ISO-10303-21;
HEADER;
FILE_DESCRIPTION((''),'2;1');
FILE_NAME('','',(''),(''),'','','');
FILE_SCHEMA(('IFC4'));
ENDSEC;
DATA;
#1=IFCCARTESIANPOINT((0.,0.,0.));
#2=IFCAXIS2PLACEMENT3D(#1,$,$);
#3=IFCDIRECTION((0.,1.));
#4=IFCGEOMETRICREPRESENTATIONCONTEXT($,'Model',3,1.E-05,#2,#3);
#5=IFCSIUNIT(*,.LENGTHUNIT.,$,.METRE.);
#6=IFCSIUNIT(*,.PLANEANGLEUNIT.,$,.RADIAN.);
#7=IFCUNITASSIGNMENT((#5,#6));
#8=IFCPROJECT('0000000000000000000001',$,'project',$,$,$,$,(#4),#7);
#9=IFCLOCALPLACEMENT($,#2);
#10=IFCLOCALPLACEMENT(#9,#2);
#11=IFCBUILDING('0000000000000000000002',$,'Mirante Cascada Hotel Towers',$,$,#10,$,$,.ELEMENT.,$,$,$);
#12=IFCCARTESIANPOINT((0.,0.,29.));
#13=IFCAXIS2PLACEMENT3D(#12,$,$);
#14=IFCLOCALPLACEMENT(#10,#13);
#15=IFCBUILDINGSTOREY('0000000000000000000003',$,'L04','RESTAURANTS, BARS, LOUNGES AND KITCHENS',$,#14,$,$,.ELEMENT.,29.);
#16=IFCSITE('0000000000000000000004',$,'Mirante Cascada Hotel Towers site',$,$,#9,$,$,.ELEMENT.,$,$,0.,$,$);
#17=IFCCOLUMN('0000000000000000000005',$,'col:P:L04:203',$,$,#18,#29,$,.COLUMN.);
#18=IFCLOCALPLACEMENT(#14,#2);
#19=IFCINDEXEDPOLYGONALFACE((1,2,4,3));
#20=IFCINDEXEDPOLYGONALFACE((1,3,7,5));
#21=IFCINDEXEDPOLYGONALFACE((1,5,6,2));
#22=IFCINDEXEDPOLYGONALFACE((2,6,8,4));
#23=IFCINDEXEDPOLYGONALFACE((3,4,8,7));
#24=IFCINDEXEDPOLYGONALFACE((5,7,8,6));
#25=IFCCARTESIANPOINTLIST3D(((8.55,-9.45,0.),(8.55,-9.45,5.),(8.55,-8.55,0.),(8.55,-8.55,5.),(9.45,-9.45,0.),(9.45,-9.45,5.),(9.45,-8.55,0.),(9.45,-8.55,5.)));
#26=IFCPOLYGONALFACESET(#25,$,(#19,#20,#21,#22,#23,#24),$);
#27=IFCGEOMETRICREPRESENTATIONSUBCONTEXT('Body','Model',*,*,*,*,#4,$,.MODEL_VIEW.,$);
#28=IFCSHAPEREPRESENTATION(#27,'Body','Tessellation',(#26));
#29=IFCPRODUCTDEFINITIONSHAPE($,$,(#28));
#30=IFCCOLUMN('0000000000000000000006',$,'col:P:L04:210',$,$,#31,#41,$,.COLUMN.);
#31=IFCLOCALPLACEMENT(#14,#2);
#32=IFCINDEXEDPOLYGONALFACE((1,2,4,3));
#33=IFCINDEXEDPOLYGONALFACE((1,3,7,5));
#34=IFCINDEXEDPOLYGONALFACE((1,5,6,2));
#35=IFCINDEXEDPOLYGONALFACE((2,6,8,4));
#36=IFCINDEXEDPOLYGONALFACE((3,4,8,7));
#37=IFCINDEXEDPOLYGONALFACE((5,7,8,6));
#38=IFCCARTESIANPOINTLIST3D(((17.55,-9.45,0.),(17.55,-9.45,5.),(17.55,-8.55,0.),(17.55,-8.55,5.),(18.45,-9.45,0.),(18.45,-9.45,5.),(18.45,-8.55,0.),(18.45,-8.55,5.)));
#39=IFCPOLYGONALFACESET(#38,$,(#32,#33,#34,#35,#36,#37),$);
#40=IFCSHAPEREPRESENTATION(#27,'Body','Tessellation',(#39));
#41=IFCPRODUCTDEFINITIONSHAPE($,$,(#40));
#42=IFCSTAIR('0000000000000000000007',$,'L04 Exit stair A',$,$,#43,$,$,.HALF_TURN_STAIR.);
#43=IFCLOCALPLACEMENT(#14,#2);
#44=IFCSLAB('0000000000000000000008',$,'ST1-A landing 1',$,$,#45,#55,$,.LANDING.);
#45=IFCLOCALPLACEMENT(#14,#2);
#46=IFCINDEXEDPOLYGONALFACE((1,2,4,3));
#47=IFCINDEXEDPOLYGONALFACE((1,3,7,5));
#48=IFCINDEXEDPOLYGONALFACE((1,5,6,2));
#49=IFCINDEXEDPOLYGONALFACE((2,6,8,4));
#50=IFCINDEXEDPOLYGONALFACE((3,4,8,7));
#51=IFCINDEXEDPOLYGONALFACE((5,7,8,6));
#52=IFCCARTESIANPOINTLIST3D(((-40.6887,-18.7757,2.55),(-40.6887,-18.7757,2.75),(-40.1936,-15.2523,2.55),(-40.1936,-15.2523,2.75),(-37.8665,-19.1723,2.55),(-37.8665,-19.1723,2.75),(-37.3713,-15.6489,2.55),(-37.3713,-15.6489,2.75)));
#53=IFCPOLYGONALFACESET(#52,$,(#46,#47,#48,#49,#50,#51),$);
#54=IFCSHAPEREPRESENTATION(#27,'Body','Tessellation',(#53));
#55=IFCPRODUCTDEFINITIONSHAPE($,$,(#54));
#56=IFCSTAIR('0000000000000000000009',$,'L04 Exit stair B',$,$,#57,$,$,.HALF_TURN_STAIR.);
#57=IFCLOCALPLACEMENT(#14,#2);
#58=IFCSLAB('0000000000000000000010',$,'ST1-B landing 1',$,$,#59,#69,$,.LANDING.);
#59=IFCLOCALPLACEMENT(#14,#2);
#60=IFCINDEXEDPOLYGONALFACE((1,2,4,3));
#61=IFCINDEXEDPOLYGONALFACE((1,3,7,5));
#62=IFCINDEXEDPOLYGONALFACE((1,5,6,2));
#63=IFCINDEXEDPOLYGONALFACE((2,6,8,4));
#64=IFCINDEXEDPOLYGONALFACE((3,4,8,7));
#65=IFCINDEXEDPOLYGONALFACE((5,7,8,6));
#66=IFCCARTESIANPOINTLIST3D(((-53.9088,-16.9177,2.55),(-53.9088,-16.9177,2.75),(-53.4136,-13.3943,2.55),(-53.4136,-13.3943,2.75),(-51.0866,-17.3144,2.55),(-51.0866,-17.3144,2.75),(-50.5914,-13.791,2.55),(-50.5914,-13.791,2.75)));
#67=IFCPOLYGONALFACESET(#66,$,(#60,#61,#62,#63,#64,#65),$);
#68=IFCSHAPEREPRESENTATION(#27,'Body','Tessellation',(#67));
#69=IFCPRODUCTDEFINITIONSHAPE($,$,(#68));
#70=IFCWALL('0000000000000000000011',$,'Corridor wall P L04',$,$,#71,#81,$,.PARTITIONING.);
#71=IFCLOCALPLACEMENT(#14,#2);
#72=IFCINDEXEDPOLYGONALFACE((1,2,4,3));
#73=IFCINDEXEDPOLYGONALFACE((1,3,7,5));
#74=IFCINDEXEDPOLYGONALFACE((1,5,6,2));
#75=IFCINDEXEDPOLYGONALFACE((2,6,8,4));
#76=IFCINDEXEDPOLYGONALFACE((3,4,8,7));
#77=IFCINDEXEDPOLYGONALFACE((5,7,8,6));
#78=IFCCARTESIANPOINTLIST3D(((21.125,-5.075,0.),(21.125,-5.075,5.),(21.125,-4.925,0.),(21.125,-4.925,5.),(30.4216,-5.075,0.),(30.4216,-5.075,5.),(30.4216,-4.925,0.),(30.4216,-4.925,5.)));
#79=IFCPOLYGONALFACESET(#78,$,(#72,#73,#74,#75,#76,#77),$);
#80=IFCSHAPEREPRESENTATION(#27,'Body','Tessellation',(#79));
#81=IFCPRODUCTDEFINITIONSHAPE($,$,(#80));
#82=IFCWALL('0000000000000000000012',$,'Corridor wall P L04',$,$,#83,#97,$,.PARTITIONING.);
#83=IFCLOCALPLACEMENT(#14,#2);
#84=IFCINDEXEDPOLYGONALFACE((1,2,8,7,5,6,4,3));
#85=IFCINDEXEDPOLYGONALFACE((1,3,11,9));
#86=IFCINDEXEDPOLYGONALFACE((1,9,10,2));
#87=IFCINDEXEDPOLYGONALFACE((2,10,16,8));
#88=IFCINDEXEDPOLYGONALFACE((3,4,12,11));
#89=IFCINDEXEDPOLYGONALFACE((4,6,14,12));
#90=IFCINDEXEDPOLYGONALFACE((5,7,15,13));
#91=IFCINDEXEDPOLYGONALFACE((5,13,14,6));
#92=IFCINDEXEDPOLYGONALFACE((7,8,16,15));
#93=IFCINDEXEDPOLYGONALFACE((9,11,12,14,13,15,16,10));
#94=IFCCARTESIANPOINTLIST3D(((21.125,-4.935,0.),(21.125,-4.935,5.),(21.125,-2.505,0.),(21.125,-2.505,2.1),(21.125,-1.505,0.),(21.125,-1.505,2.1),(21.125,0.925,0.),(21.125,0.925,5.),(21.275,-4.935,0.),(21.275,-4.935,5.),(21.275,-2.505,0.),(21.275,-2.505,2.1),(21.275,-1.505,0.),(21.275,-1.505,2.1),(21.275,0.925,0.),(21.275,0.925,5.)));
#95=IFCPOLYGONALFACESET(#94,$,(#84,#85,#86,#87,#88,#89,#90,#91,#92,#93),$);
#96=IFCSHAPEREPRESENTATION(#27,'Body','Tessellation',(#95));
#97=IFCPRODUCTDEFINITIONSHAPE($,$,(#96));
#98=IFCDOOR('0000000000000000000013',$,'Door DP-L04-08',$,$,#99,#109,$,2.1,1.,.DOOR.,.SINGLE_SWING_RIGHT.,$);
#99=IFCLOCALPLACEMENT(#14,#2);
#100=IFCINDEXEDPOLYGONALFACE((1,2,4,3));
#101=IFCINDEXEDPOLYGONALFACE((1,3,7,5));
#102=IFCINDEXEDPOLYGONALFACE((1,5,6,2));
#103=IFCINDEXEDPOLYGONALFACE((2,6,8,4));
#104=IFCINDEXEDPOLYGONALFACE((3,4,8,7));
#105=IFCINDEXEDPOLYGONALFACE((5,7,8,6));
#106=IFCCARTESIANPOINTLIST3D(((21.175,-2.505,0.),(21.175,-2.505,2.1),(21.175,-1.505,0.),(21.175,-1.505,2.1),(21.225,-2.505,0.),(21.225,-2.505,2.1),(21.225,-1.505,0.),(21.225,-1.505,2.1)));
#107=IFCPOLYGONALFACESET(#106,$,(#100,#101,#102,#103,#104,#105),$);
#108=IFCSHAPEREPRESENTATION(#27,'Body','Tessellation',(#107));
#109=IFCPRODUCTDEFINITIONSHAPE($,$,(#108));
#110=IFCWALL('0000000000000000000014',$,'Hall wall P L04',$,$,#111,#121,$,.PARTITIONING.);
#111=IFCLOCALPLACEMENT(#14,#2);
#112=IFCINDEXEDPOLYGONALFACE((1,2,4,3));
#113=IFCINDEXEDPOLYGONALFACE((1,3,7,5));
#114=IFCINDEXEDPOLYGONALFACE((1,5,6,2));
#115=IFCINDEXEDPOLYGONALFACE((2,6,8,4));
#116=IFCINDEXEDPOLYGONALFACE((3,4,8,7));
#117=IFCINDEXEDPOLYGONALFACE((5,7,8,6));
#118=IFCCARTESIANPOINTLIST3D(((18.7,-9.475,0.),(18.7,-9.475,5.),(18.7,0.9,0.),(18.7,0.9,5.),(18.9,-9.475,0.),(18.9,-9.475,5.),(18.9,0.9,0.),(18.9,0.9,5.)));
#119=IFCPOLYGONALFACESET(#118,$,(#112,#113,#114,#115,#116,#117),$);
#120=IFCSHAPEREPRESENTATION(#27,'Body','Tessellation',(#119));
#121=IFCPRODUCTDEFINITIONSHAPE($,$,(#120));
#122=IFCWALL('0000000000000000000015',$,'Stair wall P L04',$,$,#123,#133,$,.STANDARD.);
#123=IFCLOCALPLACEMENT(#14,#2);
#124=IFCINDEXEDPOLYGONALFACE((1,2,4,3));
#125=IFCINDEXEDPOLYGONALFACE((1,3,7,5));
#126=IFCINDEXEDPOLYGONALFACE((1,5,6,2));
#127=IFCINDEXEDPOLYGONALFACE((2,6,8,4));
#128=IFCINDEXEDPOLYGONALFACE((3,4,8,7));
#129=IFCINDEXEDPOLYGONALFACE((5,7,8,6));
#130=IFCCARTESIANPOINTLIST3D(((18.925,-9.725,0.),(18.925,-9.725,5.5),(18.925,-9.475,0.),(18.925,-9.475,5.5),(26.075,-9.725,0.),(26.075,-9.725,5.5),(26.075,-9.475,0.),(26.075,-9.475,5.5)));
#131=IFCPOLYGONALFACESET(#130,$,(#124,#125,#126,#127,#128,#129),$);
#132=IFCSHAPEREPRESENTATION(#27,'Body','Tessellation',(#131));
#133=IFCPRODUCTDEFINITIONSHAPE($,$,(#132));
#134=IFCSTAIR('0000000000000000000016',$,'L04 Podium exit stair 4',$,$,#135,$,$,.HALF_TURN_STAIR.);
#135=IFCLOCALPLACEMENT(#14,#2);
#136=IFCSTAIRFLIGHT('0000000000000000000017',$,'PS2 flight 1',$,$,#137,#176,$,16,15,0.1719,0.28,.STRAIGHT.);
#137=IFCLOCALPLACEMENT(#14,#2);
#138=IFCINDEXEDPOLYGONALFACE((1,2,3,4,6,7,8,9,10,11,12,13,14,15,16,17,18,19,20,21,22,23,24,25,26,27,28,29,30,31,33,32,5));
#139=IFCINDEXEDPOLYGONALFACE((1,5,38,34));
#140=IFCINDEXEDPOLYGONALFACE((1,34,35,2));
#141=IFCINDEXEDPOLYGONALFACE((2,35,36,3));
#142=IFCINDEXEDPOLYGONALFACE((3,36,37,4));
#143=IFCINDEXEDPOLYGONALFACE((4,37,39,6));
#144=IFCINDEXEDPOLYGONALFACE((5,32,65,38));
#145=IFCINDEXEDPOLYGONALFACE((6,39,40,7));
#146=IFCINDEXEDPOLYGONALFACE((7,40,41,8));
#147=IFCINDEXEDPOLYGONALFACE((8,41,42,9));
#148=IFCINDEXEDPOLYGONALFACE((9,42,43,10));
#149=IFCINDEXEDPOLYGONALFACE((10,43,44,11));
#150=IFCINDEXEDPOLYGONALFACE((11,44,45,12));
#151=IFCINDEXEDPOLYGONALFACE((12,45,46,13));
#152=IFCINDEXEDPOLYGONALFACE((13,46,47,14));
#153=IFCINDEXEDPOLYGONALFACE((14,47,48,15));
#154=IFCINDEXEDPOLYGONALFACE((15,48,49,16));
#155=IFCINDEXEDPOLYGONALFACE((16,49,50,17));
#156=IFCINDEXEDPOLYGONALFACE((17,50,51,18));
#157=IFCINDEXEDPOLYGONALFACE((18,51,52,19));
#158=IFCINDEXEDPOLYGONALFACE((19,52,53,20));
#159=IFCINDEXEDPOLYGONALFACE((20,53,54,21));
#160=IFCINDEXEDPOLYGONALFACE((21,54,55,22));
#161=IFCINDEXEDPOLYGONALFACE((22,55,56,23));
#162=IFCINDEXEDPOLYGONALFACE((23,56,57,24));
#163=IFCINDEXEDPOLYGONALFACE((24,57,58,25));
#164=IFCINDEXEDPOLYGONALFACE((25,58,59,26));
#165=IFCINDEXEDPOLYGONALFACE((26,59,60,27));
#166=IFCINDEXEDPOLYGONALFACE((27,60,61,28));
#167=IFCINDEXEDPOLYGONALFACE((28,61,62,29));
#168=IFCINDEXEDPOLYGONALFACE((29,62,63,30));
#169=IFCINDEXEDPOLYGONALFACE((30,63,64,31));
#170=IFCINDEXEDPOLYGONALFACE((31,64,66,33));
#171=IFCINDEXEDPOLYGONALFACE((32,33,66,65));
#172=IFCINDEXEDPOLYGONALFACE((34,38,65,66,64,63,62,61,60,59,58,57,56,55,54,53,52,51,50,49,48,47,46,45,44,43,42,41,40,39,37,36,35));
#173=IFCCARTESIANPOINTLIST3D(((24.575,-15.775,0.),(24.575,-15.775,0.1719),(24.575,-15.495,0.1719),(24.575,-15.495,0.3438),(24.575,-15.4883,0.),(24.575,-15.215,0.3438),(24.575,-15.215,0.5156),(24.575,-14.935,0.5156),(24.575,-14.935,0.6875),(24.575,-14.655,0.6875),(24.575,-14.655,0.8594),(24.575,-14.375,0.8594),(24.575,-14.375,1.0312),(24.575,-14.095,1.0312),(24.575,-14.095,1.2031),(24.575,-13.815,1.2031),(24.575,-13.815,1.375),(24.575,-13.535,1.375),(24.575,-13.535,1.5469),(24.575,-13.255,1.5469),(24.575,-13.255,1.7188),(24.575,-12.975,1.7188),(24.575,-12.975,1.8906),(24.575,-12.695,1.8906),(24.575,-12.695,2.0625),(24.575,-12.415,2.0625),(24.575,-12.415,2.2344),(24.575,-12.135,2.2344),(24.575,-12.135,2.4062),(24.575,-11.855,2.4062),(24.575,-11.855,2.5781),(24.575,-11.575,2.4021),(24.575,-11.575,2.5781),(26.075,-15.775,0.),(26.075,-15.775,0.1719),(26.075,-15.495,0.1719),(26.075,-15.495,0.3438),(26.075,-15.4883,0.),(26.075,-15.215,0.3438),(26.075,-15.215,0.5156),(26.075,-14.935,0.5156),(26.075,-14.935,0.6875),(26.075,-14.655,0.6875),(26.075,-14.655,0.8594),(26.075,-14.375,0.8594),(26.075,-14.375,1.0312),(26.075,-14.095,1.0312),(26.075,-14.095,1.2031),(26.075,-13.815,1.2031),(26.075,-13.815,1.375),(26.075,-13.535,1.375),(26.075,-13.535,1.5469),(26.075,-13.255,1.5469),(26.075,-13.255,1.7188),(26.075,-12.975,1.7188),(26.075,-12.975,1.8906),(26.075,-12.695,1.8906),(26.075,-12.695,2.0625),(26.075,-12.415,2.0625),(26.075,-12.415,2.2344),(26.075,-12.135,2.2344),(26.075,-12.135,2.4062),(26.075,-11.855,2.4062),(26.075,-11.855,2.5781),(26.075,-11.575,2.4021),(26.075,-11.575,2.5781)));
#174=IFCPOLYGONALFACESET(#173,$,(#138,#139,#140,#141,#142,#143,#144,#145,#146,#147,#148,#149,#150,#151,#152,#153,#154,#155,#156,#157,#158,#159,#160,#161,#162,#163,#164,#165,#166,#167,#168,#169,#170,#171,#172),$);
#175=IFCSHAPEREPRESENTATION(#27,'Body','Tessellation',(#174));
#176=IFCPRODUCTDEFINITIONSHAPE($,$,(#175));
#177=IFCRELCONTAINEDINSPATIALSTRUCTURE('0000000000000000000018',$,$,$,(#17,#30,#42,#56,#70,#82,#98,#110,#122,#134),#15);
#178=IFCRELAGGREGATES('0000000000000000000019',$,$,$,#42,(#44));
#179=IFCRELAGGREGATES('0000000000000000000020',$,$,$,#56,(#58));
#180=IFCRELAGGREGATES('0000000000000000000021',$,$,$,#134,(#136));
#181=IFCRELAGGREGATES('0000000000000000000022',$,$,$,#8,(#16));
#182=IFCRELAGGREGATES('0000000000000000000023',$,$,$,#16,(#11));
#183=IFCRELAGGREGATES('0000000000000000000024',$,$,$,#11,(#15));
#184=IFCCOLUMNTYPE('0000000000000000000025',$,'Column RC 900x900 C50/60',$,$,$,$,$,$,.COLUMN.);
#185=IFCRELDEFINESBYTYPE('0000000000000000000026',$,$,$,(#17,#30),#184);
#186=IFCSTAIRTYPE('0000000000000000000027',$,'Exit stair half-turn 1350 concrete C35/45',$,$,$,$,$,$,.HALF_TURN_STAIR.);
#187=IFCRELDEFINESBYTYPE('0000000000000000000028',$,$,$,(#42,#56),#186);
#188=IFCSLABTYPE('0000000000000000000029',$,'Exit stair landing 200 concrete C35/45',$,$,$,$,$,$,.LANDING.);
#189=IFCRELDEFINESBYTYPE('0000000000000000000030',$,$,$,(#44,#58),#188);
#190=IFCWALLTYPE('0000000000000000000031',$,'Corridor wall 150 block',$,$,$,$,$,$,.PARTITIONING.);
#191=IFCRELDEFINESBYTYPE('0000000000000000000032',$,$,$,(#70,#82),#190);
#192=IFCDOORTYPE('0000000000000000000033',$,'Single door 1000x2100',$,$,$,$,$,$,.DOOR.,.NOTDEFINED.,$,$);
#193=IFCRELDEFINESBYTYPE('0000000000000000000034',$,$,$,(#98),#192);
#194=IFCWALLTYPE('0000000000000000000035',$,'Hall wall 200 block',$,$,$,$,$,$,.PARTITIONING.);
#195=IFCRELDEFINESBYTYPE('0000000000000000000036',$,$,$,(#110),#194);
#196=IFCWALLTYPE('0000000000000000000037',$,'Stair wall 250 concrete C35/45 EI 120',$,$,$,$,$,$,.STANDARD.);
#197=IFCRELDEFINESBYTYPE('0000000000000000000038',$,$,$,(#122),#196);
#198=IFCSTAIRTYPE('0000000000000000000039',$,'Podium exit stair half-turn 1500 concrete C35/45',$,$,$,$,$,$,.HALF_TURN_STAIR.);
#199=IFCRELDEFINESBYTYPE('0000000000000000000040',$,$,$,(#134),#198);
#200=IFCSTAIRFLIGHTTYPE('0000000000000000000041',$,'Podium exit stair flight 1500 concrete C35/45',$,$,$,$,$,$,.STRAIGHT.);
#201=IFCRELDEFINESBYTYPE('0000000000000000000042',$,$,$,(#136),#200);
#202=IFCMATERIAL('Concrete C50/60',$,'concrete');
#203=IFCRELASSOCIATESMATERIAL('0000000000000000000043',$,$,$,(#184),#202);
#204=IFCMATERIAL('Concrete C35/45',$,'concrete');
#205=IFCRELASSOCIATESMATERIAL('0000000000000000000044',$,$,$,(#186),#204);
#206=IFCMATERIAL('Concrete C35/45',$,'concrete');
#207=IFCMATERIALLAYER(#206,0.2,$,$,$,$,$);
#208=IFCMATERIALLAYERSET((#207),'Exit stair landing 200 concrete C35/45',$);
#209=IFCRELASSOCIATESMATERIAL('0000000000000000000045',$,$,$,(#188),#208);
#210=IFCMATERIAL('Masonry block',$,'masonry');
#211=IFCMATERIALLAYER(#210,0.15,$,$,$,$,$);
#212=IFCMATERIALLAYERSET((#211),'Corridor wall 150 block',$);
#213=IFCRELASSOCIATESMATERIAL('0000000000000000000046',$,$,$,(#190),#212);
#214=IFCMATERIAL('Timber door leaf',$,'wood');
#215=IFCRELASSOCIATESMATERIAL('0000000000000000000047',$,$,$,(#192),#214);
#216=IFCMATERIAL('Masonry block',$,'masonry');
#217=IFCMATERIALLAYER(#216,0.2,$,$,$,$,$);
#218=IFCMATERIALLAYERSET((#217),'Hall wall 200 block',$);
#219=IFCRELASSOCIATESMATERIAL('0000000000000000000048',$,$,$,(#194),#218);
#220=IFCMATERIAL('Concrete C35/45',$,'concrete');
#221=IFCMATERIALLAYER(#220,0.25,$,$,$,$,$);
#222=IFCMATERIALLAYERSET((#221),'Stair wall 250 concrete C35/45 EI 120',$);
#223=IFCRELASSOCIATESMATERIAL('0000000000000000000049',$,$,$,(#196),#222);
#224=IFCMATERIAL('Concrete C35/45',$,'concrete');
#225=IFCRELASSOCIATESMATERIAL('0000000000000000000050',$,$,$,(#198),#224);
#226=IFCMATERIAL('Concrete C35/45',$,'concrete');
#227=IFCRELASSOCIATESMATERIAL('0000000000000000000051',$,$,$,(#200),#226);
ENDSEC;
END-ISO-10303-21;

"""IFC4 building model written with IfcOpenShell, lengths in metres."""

from ifc_helpers import new_model, si_unit, direction, frame, frame_2d, origin, origin_2d, place, context, subcontext, project, spatial, polyline, rectangle, outline, extrude, material, layer, layer_set, material_profile, profile_set, type_object, element, fill, aggregate, save


model = new_model("IFC4")

# Units and contexts
model_context = context("Model", 3, precision=1e-05, world=origin(), true_north=direction((0.0, 1.0)))
body_context = subcontext(model_context, "Body", "Model", "MODEL_VIEW")
ifc_project = project(units=[si_unit("LENGTHUNIT", "METRE"), si_unit("PLANEANGLEUNIT", "RADIAN")], contexts=[model_context])

# Site, building, storey
site_placement = place(None, origin())
site = spatial("IfcSite", under=ifc_project, at=site_placement, Name="Mirante Cascada Hotel Towers site", CompositionType="ELEMENT", RefElevation=0.0)
building_placement = place(site_placement, origin())
building = spatial("IfcBuilding", under=site, at=building_placement, Name="Mirante Cascada Hotel Towers", CompositionType="ELEMENT")
storey_placement = place(building_placement, frame((0.0, 0.0, 29.0)))
storey = spatial("IfcBuildingStorey", under=building, at=storey_placement, Name="L04", Description="RESTAURANTS, BARS, LOUNGES AND KITCHENS", CompositionType="ELEMENT", Elevation=29.0)

# Columns
ifc_material_1 = material(Name="Concrete C50/60", Category="concrete")
ifc_material_profile = material_profile(ifc_material_1, rectangle(XDim=0.9, YDim=0.9, at=origin_2d()), Name="RC 900x900")
ifc_profile_set = profile_set([ifc_material_profile], Name="Concrete C50/60")
column_type = type_object("IfcColumnType", Name="Column RC 900x900 C50/60", PredefinedType="COLUMN", material=ifc_profile_set)
for number, where, z_axis, x_axis, name in (
    (1, (9.0, -9.0, 0.0), (0.0, 0.0, 1.0), (1.0, 0.0, 0.0), "col:P:L04:203"),
    (2, (18.0, -9.0, 0.0), (0.0, 0.0, 1.0), (1.0, 0.0, 0.0), "col:P:L04:210"),
):
    element("IfcColumn", number, at=place(storey_placement, frame(where, z_axis=z_axis, x_axis=x_axis)), inside=storey, type_object=column_type, Name=name, PredefinedType="COLUMN", context=body_context, shape_type="SweptSolid", body=[
        extrude(rectangle(XDim=0.9, YDim=0.9, at=origin_2d()), origin(), (0.0, 0.0, 1.0), 5.0),
    ])

# Stairs, slabs
ifc_material_2 = material(Name="Concrete C35/45", Category="concrete")
stair_type_1 = type_object("IfcStairType", Name="Exit stair half-turn 1350 concrete C35/45", PredefinedType="HALF_TURN_STAIR", material=ifc_material_2)
stair_1_placement = place(storey_placement, origin())
stair_1 = element("IfcStair", 3, at=stair_1_placement, inside=storey, type_object=stair_type_1, Name="L04 Exit stair A", PredefinedType="HALF_TURN_STAIR")
ifc_material_3 = material(Name="Concrete C35/45", Category="concrete")
ifc_layer_1 = layer(ifc_material_3, 0.2)
ifc_layer_set_1 = layer_set([ifc_layer_1], Name="Exit stair landing 200 concrete C35/45")
slab_type = type_object("IfcSlabType", Name="Exit stair landing 200 concrete C35/45", PredefinedType="LANDING", material=ifc_layer_set_1)
slab_1_placement = place(storey_placement, frame((0.0, 0.0, 2.55)))
slab_1 = element("IfcSlab", 4, at=slab_1_placement, type_object=slab_type, Name="ST1-A landing 1", PredefinedType="LANDING", context=body_context, shape_type="SweptSolid", body=[
    extrude(outline(polyline([(-40.1936, -15.2523), (-40.6887, -18.7757), (-37.8665, -19.1723), (-37.3713, -15.6489), (-40.1936, -15.2523)])), origin(), (0.0, 0.0, 1.0), 0.2),
])
aggregate(stair_1, [slab_1])
stair_2_placement = place(storey_placement, origin())
stair_2 = element("IfcStair", 5, at=stair_2_placement, inside=storey, type_object=stair_type_1, Name="L04 Exit stair B", PredefinedType="HALF_TURN_STAIR")
slab_2_placement = place(storey_placement, frame((0.0, 0.0, 2.55)))
slab_2 = element("IfcSlab", 6, at=slab_2_placement, type_object=slab_type, Name="ST1-B landing 1", PredefinedType="LANDING", context=body_context, shape_type="SweptSolid", body=[
    extrude(outline(polyline([(-53.4136, -13.3943), (-53.9088, -16.9177), (-51.0866, -17.3144), (-50.5914, -13.791), (-53.4136, -13.3943)])), origin(), (0.0, 0.0, 1.0), 0.2),
])
aggregate(stair_2, [slab_2])

# Wall
ifc_material_4 = material(Name="Masonry block", Category="masonry")
ifc_layer_2 = layer(ifc_material_4, 0.15)
ifc_layer_set_2 = layer_set([ifc_layer_2], Name="Corridor wall 150 block")
wall_type_1 = type_object("IfcWallType", Name="Corridor wall 150 block", PredefinedType="PARTITIONING", material=ifc_layer_set_2)
wall_1_placement = place(storey_placement, frame((21.125, -5.0, 0.0), z_axis=(0.0, 0.0, 1.0), x_axis=(1.0, 0.0, 0.0)))
element("IfcWall", 7, at=wall_1_placement, inside=storey, type_object=wall_type_1, Name="Corridor wall P L04", PredefinedType="PARTITIONING", context=body_context, shape_type="SweptSolid", body=[
    extrude(rectangle(XDim=9.2966, YDim=0.15, at=frame_2d((4.6483, 0.0))), origin(), (0.0, 0.0, 1.0), 5.0),
])

# Wall, opening, door
wall_2_placement = place(storey_placement, frame((21.2, -4.935, 0.0), z_axis=(0.0, 0.0, 1.0), x_axis=(0.0, 1.0, 0.0)))
wall_2 = element("IfcWall", 8, at=wall_2_placement, inside=storey, type_object=wall_type_1, Name="Corridor wall P L04", PredefinedType="PARTITIONING", context=body_context, shape_type="SweptSolid", body=[
    extrude(rectangle(XDim=5.86, YDim=0.15, at=frame_2d((2.93, 0.0))), origin(), (0.0, 0.0, 1.0), 5.0),
])
opening_placement = place(wall_2_placement, frame((2.43, 0.0, 0.0)))
opening = element("IfcOpeningElement", 9, at=opening_placement, cuts=wall_2, PredefinedType="OPENING", context=body_context, shape_type="SweptSolid", body=[
    extrude(rectangle(XDim=1.0, YDim=2.1, at=frame_2d((0.5, 1.05))), frame((0.0, 0.075, 0.0), z_axis=(0.0, -1.0, 0.0), x_axis=(1.0, 0.0, 0.0)), (0.0, 0.0, 1.0), 0.15),
])
ifc_material_5 = material(Name="Timber door leaf", Category="wood")
door_type = type_object("IfcDoorType", Name="Single door 1000x2100", OperationType="NOTDEFINED", PredefinedType="DOOR", material=ifc_material_5)
door_placement = place(opening_placement, frame((1.0, 0.0, 0.0), z_axis=(0.0, 0.0, 1.0), x_axis=(-1.0, 0.0, 0.0)))
door = element("IfcDoor", 10, at=door_placement, inside=storey, type_object=door_type, Name="Door DP-L04-08", OperationType="SINGLE_SWING_RIGHT", OverallHeight=2.1, OverallWidth=1.0, PredefinedType="DOOR", context=body_context, shape_type="SweptSolid", body=[
    extrude(rectangle(XDim=1.0, YDim=2.1, at=frame_2d((0.5, 1.05))), frame((0.0, 0.025, 0.0), z_axis=(0.0, -1.0, 0.0), x_axis=(1.0, 0.0, 0.0)), (0.0, 0.0, 1.0), 0.05),
])
fill(opening, door)

# Walls
ifc_material_6 = material(Name="Masonry block", Category="masonry")
ifc_layer_3 = layer(ifc_material_6, 0.2)
ifc_layer_set_3 = layer_set([ifc_layer_3], Name="Hall wall 200 block")
wall_type_2 = type_object("IfcWallType", Name="Hall wall 200 block", PredefinedType="PARTITIONING", material=ifc_layer_set_3)
wall_3_placement = place(storey_placement, frame((18.8, -9.475, 0.0), z_axis=(0.0, 0.0, 1.0), x_axis=(0.0, 1.0, 0.0)))
element("IfcWall", 11, at=wall_3_placement, inside=storey, type_object=wall_type_2, Name="Hall wall P L04", PredefinedType="PARTITIONING", context=body_context, shape_type="SweptSolid", body=[
    extrude(rectangle(XDim=10.375, YDim=0.2, at=frame_2d((5.1875, 0.0))), origin(), (0.0, 0.0, 1.0), 5.0),
])
ifc_material_7 = material(Name="Concrete C35/45", Category="concrete")
ifc_layer_4 = layer(ifc_material_7, 0.25)
ifc_layer_set_4 = layer_set([ifc_layer_4], Name="Stair wall 250 concrete C35/45 EI 120")
wall_type_3 = type_object("IfcWallType", Name="Stair wall 250 concrete C35/45 EI 120", PredefinedType="STANDARD", material=ifc_layer_set_4)
wall_4_placement = place(storey_placement, frame((18.925, -9.6, 0.0), z_axis=(0.0, 0.0, 1.0), x_axis=(1.0, 0.0, 0.0)))
element("IfcWall", 12, at=wall_4_placement, inside=storey, type_object=wall_type_3, Name="Stair wall P L04", PredefinedType="STANDARD", context=body_context, shape_type="SweptSolid", body=[
    extrude(rectangle(XDim=7.15, YDim=0.25, at=frame_2d((3.575, 0.0))), origin(), (0.0, 0.0, 1.0), 5.5),
])

# Stair, stair flight
ifc_material_8 = material(Name="Concrete C35/45", Category="concrete")
stair_type_2 = type_object("IfcStairType", Name="Podium exit stair half-turn 1500 concrete C35/45", PredefinedType="HALF_TURN_STAIR", material=ifc_material_8)
stair_3_placement = place(storey_placement, origin())
stair_3 = element("IfcStair", 13, at=stair_3_placement, inside=storey, type_object=stair_type_2, Name="L04 Podium exit stair 4", PredefinedType="HALF_TURN_STAIR")
ifc_material_9 = material(Name="Concrete C35/45", Category="concrete")
stair_flight_type = type_object("IfcStairFlightType", Name="Podium exit stair flight 1500 concrete C35/45", PredefinedType="STRAIGHT", material=ifc_material_9)
stair_flight_1_placement = place(storey_placement, frame((25.325, -15.775, 0.0), z_axis=(0.0, 0.0, 1.0), x_axis=(0.0, 1.0, 0.0)))
stair_flight_1 = element("IfcStairFlight", 14, at=stair_flight_1_placement, type_object=stair_flight_type, Name="PS2 flight 1", NumberOfRisers=16, NumberOfTreads=15, PredefinedType="STRAIGHT", RiserHeight=0.1719, TreadLength=0.28, context=body_context, shape_type="SweptSolid", body=[
    extrude(outline(polyline([(0.0, 0.0), (0.0, 0.1719), (0.28, 0.1719), (0.28, 0.3438), (0.56, 0.3438), (0.56, 0.5156), (0.84, 0.5156), (0.84, 0.6875), (1.12, 0.6875), (1.12, 0.8594), (1.4, 0.8594), (1.4, 1.0312), (1.68, 1.0312), (1.68, 1.2031), (1.96, 1.2031), (1.96, 1.375), (2.24, 1.375), (2.24, 1.5469), (2.52, 1.5469), (2.52, 1.7188), (2.8, 1.7188), (2.8, 1.8906), (3.08, 1.8906), (3.08, 2.0625), (3.36, 2.0625), (3.36, 2.2344), (3.64, 2.2344), (3.64, 2.4062), (3.92, 2.4062), (3.92, 2.5781), (4.2, 2.5781), (4.2, 2.75), (4.2, 2.4021), (0.2867, 0.0), (0.0, 0.0)])), frame((0.0, 0.75, 0.0), z_axis=(0.0, -1.0, 0.0), x_axis=(1.0, 0.0, 0.0)), (0.0, 0.0, 1.0), 1.5),
])
aggregate(stair_3, [stair_flight_1])

save(model, "model.ifc")
